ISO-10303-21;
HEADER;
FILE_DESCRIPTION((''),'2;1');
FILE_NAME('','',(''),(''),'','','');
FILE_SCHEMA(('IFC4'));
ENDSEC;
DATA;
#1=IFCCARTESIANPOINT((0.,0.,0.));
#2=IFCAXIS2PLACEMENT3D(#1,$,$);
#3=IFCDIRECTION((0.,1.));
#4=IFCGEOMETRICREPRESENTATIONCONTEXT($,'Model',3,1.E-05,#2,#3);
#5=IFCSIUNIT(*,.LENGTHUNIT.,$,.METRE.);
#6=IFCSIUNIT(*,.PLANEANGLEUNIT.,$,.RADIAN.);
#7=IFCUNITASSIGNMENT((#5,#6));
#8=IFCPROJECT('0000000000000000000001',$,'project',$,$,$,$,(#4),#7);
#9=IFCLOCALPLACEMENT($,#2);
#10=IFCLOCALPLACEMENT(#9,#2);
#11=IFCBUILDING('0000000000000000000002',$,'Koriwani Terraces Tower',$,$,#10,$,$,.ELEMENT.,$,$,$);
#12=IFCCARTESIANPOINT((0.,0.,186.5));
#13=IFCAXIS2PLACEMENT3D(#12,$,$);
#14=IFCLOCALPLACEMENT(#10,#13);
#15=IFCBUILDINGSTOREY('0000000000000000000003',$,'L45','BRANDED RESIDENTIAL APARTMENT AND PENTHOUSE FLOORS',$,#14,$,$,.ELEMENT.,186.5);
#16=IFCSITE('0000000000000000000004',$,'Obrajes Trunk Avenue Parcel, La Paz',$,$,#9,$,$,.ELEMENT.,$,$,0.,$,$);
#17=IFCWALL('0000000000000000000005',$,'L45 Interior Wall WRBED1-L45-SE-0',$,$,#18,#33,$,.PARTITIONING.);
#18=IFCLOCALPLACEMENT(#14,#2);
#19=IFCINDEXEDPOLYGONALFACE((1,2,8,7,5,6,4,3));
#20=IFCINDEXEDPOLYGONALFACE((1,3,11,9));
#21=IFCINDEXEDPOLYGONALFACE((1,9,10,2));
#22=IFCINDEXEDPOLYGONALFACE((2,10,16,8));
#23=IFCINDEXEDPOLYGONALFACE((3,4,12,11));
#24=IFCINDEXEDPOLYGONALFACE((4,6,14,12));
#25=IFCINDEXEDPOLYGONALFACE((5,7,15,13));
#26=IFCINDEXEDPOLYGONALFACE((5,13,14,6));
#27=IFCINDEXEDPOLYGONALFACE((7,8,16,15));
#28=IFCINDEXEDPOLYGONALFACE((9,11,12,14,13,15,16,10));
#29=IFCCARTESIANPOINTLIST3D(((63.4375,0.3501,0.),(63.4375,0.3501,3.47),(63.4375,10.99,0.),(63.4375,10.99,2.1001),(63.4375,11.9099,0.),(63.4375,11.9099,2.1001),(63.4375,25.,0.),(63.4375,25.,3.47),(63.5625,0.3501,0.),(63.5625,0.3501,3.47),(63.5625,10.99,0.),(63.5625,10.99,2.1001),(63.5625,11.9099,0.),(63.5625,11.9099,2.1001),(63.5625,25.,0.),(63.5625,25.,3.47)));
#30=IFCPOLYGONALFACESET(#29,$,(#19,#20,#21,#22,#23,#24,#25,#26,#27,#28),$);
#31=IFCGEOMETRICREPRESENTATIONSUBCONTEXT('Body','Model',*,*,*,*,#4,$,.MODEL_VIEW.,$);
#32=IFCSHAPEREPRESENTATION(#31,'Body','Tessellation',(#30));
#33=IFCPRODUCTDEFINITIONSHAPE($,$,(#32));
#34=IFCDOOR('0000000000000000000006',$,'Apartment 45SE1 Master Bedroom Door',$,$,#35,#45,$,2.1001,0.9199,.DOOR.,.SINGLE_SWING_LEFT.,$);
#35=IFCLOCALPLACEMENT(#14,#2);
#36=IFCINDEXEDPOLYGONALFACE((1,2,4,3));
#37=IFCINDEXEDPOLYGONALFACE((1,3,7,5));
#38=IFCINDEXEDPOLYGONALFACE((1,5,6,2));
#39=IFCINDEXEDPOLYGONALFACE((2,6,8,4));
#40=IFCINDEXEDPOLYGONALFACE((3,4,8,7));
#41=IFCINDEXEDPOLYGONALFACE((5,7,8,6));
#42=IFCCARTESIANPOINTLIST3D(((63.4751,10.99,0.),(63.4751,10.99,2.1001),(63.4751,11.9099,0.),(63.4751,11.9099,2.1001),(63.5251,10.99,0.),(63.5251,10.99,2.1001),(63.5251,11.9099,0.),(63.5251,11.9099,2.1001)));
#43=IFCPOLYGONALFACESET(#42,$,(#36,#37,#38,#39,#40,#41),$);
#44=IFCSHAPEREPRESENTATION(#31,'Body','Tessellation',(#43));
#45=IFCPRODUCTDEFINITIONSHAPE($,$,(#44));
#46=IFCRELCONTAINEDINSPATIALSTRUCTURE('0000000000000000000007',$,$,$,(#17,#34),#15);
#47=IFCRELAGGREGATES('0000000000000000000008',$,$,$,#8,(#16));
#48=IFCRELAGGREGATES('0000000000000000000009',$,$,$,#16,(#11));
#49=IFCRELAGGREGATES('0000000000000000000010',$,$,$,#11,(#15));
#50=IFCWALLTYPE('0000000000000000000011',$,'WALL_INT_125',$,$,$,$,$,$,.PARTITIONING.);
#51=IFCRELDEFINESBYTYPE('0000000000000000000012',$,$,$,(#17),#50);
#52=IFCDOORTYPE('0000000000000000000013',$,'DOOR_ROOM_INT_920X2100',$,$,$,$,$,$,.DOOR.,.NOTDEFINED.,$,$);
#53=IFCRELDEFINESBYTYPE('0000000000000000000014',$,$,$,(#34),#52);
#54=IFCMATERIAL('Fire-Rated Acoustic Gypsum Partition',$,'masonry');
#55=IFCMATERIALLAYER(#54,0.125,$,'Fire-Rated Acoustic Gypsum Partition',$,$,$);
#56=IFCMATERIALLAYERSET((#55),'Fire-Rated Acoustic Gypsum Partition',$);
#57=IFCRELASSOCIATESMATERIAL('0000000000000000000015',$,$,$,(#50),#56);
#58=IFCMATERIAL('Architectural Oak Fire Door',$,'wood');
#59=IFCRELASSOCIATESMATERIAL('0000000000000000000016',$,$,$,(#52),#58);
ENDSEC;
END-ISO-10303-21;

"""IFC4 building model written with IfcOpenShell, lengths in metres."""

from ifc_helpers import new_model, si_unit, direction, frame, frame_2d, origin, place, context, subcontext, project, spatial, rectangle, extrude, material, layer, layer_set, type_object, element, fill, save


model = new_model("IFC4")

# Units and contexts
model_context = context("Model", 3, precision=1e-05, world=origin(), true_north=direction((0.0, 1.0)))
body_context = subcontext(model_context, "Body", "Model", "MODEL_VIEW")
ifc_project = project(units=[si_unit("LENGTHUNIT", "METRE"), si_unit("PLANEANGLEUNIT", "RADIAN")], contexts=[model_context])

# Site, building, storey
site_placement = place(None, origin())
site = spatial("IfcSite", under=ifc_project, at=site_placement, Name="Obrajes Trunk Avenue Parcel, La Paz", CompositionType="ELEMENT", RefElevation=0.0)
building_placement = place(site_placement, origin())
building = spatial("IfcBuilding", under=site, at=building_placement, Name="Koriwani Terraces Tower", CompositionType="ELEMENT")
storey_placement = place(building_placement, frame((0.0, 0.0, 186.5)))
storey = spatial("IfcBuildingStorey", under=building, at=storey_placement, Name="L45", Description="BRANDED RESIDENTIAL APARTMENT AND PENTHOUSE FLOORS", CompositionType="ELEMENT", Elevation=186.5)

# Wall, opening, door
ifc_material_1 = material(Name="Fire-Rated Acoustic Gypsum Partition", Category="masonry")
ifc_layer_1 = layer(ifc_material_1, 0.125, Name="Fire-Rated Acoustic Gypsum Partition")
ifc_layer_set_1 = layer_set([ifc_layer_1], Name="Fire-Rated Acoustic Gypsum Partition")
wall_type_1 = type_object("IfcWallType", Name="WALL_INT_125", PredefinedType="PARTITIONING", material=ifc_layer_set_1)
wall_1_placement = place(storey_placement, frame((63.5, 0.3501, 0.0), z_axis=(0.0, 0.0, 1.0), x_axis=(0.0, 1.0, 0.0)))
wall_1 = element("IfcWall", 1, at=wall_1_placement, inside=storey, type_object=wall_type_1, Name="L45 Interior Wall WRBED1-L45-SE-0", PredefinedType="PARTITIONING", context=body_context, shape_type="SweptSolid", body=[
    extrude(rectangle(XDim=24.6499, YDim=0.125, at=frame_2d((12.325, 0.0))), origin(), (0.0, 0.0, 1.0), 3.47),
])
opening_1_placement = place(wall_1_placement, frame((10.6399, 0.0, 0.0)))
opening_1 = element("IfcOpeningElement", 2, at=opening_1_placement, cuts=wall_1, PredefinedType="OPENING", context=body_context, shape_type="SweptSolid", body=[
    extrude(rectangle(XDim=0.9199, YDim=2.1001, at=frame_2d((0.46, 1.05))), frame((0.0, 0.0725, 0.0), z_axis=(0.0, -1.0, 0.0), x_axis=(1.0, 0.0, 0.0)), (0.0, 0.0, 1.0), 0.145),
])
ifc_material_2 = material(Name="Architectural Oak Fire Door", Category="wood")
door_type_1 = type_object("IfcDoorType", Name="DOOR_ROOM_INT_920X2100", OperationType="NOTDEFINED", PredefinedType="DOOR", material=ifc_material_2)
door_1_placement = place(opening_1_placement, origin())
door_1 = element("IfcDoor", 3, at=door_1_placement, inside=storey, type_object=door_type_1, Name="Apartment 45SE1 Master Bedroom Door", OperationType="SINGLE_SWING_LEFT", OverallHeight=2.1001, OverallWidth=0.9199, PredefinedType="DOOR", context=body_context, shape_type="SweptSolid", body=[
    extrude(rectangle(XDim=0.9199, YDim=2.1001, at=frame_2d((0.46, 1.05))), frame((0.0, 0.0249, 0.0), z_axis=(0.0, -1.0, 0.0), x_axis=(1.0, 0.0, 0.0)), (0.0, 0.0, 1.0), 0.05),
])
fill(opening_1, door_1)

save(model, "model.ifc")
